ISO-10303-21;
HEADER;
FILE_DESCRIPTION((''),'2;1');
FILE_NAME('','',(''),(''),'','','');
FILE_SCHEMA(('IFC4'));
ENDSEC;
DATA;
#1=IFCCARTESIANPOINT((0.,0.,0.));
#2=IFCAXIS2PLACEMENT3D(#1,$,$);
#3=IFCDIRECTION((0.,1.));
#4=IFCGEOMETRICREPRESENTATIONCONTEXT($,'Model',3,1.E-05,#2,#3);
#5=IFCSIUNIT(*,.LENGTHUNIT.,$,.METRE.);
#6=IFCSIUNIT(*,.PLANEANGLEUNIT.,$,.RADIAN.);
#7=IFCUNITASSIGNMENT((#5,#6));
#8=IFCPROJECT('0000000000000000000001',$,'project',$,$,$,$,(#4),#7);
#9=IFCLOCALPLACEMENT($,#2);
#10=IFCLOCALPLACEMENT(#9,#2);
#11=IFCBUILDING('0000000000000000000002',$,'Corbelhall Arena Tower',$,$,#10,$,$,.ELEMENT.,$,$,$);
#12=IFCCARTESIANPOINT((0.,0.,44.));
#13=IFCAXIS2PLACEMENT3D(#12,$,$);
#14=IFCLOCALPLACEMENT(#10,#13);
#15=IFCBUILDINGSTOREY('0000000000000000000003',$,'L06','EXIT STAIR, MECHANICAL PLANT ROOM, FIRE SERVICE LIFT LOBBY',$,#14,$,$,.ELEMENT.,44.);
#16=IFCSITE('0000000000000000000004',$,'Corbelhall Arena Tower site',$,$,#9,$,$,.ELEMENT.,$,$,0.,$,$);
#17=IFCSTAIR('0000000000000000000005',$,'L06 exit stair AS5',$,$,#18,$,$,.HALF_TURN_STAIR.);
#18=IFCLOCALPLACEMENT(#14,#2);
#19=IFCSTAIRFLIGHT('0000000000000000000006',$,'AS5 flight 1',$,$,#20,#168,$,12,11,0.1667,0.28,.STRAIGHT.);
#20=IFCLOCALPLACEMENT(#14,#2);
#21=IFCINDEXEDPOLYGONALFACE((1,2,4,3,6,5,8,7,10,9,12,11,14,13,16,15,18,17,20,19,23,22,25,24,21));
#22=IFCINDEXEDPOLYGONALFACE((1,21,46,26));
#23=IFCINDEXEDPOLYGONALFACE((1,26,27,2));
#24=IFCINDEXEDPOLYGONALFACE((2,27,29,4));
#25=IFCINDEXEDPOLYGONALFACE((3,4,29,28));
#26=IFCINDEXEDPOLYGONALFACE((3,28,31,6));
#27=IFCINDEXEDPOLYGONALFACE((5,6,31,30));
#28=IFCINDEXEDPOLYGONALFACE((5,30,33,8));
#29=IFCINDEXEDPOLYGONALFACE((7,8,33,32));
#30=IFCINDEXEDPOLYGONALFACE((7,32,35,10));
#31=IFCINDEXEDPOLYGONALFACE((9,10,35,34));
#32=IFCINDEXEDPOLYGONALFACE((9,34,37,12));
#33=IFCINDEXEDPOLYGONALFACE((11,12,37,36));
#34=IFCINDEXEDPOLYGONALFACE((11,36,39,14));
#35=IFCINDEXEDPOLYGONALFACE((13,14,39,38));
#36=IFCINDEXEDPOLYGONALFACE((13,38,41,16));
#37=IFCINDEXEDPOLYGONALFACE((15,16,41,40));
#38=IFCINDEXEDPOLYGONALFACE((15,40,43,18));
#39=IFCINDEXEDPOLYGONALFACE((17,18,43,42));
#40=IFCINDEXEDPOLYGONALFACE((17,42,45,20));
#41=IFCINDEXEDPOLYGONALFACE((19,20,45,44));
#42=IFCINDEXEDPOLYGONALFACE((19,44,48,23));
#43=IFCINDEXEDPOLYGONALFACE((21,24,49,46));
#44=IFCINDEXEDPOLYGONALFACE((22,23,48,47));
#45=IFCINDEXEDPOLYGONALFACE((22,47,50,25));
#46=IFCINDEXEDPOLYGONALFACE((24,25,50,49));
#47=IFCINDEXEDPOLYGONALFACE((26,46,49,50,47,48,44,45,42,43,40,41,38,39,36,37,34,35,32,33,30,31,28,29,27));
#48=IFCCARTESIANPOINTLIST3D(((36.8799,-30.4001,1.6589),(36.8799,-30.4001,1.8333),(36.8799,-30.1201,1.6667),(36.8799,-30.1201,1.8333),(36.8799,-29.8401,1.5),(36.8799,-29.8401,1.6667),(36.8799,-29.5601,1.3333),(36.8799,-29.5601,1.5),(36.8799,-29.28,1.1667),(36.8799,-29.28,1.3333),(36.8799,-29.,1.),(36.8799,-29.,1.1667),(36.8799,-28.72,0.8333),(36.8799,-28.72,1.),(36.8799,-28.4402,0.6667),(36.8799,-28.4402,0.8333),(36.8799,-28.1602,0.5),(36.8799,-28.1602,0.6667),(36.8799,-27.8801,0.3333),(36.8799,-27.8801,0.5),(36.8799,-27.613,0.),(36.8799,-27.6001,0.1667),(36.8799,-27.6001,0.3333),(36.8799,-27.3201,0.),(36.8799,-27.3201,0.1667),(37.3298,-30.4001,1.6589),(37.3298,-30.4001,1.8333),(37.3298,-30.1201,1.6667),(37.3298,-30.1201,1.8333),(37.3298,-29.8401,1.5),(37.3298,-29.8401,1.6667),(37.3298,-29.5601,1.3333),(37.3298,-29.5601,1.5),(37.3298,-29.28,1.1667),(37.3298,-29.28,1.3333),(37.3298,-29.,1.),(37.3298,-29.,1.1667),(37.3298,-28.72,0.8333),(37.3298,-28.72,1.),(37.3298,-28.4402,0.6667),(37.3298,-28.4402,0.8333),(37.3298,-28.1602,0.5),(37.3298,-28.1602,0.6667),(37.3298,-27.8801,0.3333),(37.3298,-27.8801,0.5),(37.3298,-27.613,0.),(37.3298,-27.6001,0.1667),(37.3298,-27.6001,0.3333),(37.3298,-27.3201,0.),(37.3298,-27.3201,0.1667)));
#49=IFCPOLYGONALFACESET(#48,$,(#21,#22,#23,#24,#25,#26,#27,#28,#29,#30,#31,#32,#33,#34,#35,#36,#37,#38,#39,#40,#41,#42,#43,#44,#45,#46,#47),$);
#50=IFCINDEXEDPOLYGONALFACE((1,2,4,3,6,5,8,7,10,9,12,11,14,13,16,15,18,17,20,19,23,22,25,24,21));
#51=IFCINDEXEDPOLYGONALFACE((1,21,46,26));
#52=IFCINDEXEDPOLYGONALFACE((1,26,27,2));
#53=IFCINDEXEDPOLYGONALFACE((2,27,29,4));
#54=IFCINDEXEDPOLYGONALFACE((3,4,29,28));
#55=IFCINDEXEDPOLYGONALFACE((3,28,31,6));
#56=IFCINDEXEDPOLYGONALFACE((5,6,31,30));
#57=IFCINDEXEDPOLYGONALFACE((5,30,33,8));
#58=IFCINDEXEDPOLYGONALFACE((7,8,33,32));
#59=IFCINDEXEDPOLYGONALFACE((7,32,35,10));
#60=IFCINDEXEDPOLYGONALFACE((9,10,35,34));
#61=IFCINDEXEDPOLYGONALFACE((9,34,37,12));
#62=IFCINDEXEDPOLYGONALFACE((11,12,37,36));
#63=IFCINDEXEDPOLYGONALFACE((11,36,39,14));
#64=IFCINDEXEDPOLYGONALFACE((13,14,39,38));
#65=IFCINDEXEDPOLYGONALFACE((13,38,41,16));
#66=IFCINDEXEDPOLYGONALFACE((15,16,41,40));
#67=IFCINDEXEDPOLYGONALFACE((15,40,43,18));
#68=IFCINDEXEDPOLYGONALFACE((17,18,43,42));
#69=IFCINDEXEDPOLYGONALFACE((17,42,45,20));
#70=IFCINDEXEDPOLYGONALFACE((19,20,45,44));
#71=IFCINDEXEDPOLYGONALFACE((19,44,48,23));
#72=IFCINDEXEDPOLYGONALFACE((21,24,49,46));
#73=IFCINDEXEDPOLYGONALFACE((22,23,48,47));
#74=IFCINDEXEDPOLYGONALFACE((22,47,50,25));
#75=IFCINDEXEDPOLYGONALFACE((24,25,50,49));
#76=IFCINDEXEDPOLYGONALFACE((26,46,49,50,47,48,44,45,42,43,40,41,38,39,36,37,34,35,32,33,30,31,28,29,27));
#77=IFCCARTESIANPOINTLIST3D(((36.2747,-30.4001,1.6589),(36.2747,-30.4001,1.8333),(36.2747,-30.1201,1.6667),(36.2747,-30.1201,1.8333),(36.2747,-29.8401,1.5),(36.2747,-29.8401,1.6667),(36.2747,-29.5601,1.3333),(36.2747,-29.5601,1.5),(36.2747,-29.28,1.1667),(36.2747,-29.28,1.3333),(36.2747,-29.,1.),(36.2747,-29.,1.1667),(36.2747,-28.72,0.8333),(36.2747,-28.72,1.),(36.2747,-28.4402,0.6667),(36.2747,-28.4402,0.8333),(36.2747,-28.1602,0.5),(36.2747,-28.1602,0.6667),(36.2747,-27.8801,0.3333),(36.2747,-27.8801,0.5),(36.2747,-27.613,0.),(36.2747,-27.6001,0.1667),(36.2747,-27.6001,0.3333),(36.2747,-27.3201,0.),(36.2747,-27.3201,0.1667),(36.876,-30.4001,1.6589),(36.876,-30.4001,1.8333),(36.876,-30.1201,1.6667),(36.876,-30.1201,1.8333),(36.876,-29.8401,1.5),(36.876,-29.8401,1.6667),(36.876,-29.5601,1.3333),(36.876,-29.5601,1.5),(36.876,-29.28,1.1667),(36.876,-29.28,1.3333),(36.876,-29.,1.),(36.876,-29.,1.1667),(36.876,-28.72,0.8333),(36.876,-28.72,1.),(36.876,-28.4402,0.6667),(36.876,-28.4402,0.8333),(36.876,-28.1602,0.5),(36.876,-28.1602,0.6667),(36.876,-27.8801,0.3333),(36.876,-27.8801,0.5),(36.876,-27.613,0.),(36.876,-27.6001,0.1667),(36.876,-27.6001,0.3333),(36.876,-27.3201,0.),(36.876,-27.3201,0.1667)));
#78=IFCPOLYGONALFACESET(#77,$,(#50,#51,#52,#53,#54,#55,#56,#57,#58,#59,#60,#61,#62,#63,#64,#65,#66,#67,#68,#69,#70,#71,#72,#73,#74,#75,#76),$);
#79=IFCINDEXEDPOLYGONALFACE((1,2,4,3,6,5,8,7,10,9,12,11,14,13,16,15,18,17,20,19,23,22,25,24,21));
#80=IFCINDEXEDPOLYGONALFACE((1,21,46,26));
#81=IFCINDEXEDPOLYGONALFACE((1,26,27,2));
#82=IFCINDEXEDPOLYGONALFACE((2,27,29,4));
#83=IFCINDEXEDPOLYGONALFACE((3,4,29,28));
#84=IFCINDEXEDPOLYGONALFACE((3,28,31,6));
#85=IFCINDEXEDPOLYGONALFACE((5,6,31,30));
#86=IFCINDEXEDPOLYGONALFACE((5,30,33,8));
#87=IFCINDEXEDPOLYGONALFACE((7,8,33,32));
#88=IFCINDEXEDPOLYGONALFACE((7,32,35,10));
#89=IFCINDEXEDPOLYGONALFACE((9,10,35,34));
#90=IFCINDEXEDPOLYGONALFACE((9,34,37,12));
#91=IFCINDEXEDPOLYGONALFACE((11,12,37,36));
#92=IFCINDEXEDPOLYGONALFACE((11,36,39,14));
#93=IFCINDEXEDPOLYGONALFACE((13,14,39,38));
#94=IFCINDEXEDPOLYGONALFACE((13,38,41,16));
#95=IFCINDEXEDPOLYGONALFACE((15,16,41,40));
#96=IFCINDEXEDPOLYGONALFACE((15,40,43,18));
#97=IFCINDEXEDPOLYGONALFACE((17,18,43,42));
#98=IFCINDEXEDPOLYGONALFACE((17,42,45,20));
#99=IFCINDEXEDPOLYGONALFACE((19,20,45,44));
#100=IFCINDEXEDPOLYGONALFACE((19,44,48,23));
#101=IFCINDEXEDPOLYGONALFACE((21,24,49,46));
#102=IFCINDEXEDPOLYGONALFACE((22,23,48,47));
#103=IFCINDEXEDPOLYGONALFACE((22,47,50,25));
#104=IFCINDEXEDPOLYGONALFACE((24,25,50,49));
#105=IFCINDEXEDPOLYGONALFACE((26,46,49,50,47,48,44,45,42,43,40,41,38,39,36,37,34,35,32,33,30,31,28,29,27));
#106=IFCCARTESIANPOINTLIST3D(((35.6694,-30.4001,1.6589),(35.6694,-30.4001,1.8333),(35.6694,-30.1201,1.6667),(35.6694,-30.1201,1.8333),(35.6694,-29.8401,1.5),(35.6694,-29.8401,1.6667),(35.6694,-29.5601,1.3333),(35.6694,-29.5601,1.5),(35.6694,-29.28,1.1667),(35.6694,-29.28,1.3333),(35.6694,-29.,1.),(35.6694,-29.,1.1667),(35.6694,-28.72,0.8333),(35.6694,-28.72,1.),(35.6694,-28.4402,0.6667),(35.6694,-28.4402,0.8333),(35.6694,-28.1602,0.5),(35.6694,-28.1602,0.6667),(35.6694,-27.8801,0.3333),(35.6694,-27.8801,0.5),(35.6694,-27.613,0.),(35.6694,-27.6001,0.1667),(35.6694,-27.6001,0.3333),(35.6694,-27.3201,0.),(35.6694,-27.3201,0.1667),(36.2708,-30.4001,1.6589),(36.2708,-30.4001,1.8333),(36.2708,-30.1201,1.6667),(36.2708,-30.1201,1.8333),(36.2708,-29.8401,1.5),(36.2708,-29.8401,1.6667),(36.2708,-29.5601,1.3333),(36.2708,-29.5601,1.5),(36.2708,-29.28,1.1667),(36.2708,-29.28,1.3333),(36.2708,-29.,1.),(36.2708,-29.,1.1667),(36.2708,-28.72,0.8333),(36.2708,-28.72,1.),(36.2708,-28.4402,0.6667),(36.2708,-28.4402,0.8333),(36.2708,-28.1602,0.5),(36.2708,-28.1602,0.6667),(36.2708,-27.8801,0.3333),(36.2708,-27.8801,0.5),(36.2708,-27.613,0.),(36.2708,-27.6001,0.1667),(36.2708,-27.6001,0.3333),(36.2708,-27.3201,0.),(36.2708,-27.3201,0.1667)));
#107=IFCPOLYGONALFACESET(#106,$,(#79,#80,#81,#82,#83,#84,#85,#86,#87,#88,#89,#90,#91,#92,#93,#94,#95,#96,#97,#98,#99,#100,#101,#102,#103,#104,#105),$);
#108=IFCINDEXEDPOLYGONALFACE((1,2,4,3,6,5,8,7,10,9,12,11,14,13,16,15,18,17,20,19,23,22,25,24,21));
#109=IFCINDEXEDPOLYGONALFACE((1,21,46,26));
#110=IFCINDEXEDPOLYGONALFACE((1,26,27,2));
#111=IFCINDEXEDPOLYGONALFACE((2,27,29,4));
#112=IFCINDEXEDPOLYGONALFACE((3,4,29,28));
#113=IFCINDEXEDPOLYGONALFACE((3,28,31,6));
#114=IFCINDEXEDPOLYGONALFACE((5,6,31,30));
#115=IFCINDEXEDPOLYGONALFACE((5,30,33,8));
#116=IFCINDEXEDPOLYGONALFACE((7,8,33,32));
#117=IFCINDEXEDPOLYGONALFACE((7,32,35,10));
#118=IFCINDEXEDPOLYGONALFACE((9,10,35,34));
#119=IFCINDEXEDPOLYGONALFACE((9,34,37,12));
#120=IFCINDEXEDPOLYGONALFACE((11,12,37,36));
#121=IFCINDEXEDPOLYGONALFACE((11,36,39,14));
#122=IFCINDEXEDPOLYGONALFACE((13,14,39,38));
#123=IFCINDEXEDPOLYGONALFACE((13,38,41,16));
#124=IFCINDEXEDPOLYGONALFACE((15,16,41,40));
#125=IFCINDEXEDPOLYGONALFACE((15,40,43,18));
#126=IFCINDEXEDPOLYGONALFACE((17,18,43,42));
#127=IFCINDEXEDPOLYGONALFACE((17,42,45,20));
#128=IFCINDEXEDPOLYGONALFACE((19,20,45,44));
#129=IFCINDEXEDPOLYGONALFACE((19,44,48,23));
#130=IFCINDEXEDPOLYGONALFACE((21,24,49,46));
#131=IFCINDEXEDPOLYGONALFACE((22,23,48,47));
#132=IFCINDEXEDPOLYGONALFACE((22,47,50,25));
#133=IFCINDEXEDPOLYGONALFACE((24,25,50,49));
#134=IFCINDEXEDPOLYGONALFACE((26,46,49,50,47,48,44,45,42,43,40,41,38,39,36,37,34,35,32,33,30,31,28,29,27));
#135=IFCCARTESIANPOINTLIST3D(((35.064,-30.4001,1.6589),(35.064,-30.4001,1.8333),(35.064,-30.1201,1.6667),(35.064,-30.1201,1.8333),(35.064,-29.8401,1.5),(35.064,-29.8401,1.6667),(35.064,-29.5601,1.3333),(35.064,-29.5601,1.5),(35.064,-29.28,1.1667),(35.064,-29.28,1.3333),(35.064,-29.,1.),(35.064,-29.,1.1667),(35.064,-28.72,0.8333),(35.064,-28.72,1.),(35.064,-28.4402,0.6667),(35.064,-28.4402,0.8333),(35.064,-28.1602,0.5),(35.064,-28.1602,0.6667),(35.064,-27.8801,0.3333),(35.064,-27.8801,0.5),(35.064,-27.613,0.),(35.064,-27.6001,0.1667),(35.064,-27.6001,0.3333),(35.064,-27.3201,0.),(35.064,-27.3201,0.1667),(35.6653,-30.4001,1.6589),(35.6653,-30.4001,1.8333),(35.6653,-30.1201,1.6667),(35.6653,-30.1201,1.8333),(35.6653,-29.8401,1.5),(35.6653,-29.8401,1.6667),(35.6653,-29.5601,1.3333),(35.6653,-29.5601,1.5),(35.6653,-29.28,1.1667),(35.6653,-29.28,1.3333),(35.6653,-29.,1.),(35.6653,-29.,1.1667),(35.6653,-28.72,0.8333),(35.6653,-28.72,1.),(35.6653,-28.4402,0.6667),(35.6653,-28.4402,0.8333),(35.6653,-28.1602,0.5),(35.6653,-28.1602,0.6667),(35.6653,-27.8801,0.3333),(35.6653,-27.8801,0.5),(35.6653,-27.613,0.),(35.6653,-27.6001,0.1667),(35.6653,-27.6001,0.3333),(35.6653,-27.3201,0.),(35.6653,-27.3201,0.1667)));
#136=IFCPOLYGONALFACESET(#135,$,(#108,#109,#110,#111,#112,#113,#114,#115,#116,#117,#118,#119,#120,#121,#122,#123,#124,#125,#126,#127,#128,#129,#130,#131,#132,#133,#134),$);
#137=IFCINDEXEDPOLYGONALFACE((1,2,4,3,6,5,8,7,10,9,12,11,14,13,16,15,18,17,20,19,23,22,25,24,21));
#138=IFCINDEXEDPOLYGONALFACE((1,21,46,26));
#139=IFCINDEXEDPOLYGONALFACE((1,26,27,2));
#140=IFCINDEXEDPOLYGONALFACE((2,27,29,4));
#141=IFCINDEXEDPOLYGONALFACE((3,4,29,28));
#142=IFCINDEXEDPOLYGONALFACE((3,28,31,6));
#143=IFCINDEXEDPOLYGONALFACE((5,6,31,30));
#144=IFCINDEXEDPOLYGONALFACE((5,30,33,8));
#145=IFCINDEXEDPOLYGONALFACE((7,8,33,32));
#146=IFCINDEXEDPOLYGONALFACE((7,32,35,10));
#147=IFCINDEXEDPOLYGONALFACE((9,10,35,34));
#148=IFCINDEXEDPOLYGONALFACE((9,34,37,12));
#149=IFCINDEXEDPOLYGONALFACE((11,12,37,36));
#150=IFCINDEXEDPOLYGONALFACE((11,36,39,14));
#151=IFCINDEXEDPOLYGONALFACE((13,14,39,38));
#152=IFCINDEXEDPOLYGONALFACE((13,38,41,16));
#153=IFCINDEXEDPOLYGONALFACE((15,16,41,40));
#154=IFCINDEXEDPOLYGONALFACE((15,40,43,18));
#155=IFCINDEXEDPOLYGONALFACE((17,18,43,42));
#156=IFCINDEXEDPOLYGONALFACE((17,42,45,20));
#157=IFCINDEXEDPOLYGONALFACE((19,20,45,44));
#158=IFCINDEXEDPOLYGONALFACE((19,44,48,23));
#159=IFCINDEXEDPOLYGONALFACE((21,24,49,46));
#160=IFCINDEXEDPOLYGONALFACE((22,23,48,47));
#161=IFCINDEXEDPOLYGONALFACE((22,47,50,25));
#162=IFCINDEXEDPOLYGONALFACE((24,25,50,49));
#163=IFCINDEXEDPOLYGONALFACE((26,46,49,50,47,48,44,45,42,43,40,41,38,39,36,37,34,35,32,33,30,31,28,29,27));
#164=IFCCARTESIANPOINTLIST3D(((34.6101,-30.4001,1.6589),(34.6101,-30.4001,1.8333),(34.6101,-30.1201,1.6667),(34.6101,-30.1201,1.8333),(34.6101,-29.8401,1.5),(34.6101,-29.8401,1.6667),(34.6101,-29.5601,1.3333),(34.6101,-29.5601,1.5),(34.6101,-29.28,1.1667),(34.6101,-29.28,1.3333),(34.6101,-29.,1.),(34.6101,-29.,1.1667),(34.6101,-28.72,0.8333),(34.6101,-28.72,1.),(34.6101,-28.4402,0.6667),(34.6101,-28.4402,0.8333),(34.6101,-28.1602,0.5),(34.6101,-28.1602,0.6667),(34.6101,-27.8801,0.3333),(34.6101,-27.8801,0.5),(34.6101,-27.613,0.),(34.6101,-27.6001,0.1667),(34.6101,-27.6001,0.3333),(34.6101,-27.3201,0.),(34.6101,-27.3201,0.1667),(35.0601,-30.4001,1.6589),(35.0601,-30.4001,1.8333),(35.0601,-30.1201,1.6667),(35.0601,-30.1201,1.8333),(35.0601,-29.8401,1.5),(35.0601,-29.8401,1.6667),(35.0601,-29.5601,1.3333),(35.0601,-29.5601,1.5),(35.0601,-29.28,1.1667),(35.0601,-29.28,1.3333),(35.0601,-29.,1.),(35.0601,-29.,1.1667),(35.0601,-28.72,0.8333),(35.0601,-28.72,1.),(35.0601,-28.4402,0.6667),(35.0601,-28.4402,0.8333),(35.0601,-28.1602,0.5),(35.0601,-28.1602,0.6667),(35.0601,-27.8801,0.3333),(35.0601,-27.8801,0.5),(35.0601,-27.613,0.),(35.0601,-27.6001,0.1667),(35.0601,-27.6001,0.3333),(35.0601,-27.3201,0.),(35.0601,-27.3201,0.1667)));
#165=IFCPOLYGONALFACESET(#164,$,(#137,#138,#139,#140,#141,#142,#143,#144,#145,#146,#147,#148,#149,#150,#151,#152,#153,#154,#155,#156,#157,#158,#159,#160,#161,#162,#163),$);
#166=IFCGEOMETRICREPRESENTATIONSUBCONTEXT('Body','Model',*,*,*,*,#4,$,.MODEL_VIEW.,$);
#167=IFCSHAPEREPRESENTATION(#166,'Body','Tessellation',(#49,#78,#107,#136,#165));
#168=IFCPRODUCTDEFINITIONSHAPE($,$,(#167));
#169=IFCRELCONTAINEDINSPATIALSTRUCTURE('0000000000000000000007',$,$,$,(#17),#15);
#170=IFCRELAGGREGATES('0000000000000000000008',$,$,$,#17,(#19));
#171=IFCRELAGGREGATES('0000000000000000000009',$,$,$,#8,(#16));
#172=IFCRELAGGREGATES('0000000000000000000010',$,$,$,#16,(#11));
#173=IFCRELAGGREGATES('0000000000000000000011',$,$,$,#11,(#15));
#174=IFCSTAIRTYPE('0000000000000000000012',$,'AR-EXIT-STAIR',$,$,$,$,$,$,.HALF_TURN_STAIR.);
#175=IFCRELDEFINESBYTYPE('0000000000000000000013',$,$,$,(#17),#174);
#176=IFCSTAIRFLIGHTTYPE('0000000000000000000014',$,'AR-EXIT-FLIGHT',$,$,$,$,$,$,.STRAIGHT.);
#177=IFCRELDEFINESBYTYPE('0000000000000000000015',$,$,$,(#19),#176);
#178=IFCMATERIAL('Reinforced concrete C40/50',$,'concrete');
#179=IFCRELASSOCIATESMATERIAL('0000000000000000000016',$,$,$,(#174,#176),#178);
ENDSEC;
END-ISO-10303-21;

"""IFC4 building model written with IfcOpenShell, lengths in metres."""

from ifc_helpers import new_model, si_unit, direction, frame, origin, place, context, subcontext, project, spatial, polyline, outline, extrude, material, type_object, element, aggregate, save


model = new_model("IFC4")

# Units and contexts
model_context = context("Model", 3, precision=1e-05, world=origin(), true_north=direction((0.0, 1.0)))
body_context = subcontext(model_context, "Body", "Model", "MODEL_VIEW")
ifc_project = project(units=[si_unit("LENGTHUNIT", "METRE"), si_unit("PLANEANGLEUNIT", "RADIAN")], contexts=[model_context])

# Site, building, storey
site_placement = place(None, origin())
site = spatial("IfcSite", under=ifc_project, at=site_placement, Name="Corbelhall Arena Tower site", CompositionType="ELEMENT", RefElevation=0.0)
building_placement = place(site_placement, origin())
building = spatial("IfcBuilding", under=site, at=building_placement, Name="Corbelhall Arena Tower", CompositionType="ELEMENT")
storey_placement = place(building_placement, frame((0.0, 0.0, 44.0)))
storey = spatial("IfcBuildingStorey", under=building, at=storey_placement, Name="L06", Description="EXIT STAIR, MECHANICAL PLANT ROOM, FIRE SERVICE LIFT LOBBY", CompositionType="ELEMENT", Elevation=44.0)

# Shared definitions
ifc_material_1 = material(Name="Reinforced concrete C40/50", Category="concrete")

# Stair, stair flight
stair_type = type_object("IfcStairType", Name="AR-EXIT-STAIR", PredefinedType="HALF_TURN_STAIR", material=ifc_material_1)
stair_1_placement = place(storey_placement, origin())
stair_1 = element("IfcStair", 1, at=stair_1_placement, inside=storey, type_object=stair_type, Name="L06 exit stair AS5", PredefinedType="HALF_TURN_STAIR")
stair_flight_type = type_object("IfcStairFlightType", Name="AR-EXIT-FLIGHT", PredefinedType="STRAIGHT", material=ifc_material_1)
stair_flight_1_placement = place(storey_placement, frame((35.97, -27.3201, 0.0), z_axis=(0.0, 0.0, 1.0), x_axis=(0.0, -1.0, 0.0)))
stair_flight_1 = element("IfcStairFlight", 2, at=stair_flight_1_placement, type_object=stair_flight_type, Name="AS5 flight 1", NumberOfRisers=12, NumberOfTreads=11, PredefinedType="STRAIGHT", RiserHeight=0.1667, TreadLength=0.28, context=body_context, shape_type="SweptSolid", body=[
    extrude(outline(polyline([(0.0, 0.0), (0.0, 0.1667), (0.28, 0.1667), (0.28, 0.3333), (0.5601, 0.3333), (0.5601, 0.5), (0.8401, 0.5), (0.8401, 0.6667), (1.1201, 0.6667), (1.1201, 0.8333), (1.3999, 0.8333), (1.3999, 1.0), (1.6799, 1.0), (1.6799, 1.1667), (1.96, 1.1667), (1.96, 1.3333), (2.24, 1.3333), (2.24, 1.5), (2.52, 1.5), (2.52, 1.6667), (2.8, 1.6667), (2.8, 1.8333), (3.0801, 1.8333), (3.0801, 2.0), (3.0801, 1.6589), (0.293, 0.0), (0.0, 0.0)])), frame((0.0, 1.3599, 0.0), z_axis=(0.0, -1.0, 0.0), x_axis=(1.0, 0.0, 0.0)), (0.0, 0.0, 1.0), 0.45),
    extrude(outline(polyline([(0.0, 0.0), (0.0, 0.1667), (0.28, 0.1667), (0.28, 0.3333), (0.5601, 0.3333), (0.5601, 0.5), (0.8401, 0.5), (0.8401, 0.6667), (1.1201, 0.6667), (1.1201, 0.8333), (1.3999, 0.8333), (1.3999, 1.0), (1.6799, 1.0), (1.6799, 1.1667), (1.96, 1.1667), (1.96, 1.3333), (2.24, 1.3333), (2.24, 1.5), (2.52, 1.5), (2.52, 1.6667), (2.8, 1.6667), (2.8, 1.8333), (3.0801, 1.8333), (3.0801, 2.0), (3.0801, 1.6589), (0.293, 0.0), (0.0, 0.0)])), frame((0.0, 0.906, 0.0), z_axis=(0.0, -1.0, 0.0), x_axis=(1.0, 0.0, 0.0)), (0.0, 0.0, 1.0), 0.6013),
    extrude(outline(polyline([(0.0, 0.0), (0.0, 0.1667), (0.28, 0.1667), (0.28, 0.3333), (0.5601, 0.3333), (0.5601, 0.5), (0.8401, 0.5), (0.8401, 0.6667), (1.1201, 0.6667), (1.1201, 0.8333), (1.3999, 0.8333), (1.3999, 1.0), (1.6799, 1.0), (1.6799, 1.1667), (1.96, 1.1667), (1.96, 1.3333), (2.24, 1.3333), (2.24, 1.5), (2.52, 1.5), (2.52, 1.6667), (2.8, 1.6667), (2.8, 1.8333), (3.0801, 1.8333), (3.0801, 2.0), (3.0801, 1.6589), (0.293, 0.0), (0.0, 0.0)])), frame((0.0, 0.3008, 0.0), z_axis=(0.0, -1.0, 0.0), x_axis=(1.0, 0.0, 0.0)), (0.0, 0.0, 1.0), 0.6013),
    extrude(outline(polyline([(0.0, 0.0), (0.0, 0.1667), (0.28, 0.1667), (0.28, 0.3333), (0.5601, 0.3333), (0.5601, 0.5), (0.8401, 0.5), (0.8401, 0.6667), (1.1201, 0.6667), (1.1201, 0.8333), (1.3999, 0.8333), (1.3999, 1.0), (1.6799, 1.0), (1.6799, 1.1667), (1.96, 1.1667), (1.96, 1.3333), (2.24, 1.3333), (2.24, 1.5), (2.52, 1.5), (2.52, 1.6667), (2.8, 1.6667), (2.8, 1.8333), (3.0801, 1.8333), (3.0801, 2.0), (3.0801, 1.6589), (0.293, 0.0), (0.0, 0.0)])), frame((0.0, -0.3047, 0.0), z_axis=(0.0, -1.0, 0.0), x_axis=(1.0, 0.0, 0.0)), (0.0, 0.0, 1.0), 0.6013),
    extrude(outline(polyline([(0.0, 0.0), (0.0, 0.1667), (0.28, 0.1667), (0.28, 0.3333), (0.5601, 0.3333), (0.5601, 0.5), (0.8401, 0.5), (0.8401, 0.6667), (1.1201, 0.6667), (1.1201, 0.8333), (1.3999, 0.8333), (1.3999, 1.0), (1.6799, 1.0), (1.6799, 1.1667), (1.96, 1.1667), (1.96, 1.3333), (2.24, 1.3333), (2.24, 1.5), (2.52, 1.5), (2.52, 1.6667), (2.8, 1.6667), (2.8, 1.8333), (3.0801, 1.8333), (3.0801, 2.0), (3.0801, 1.6589), (0.293, 0.0), (0.0, 0.0)])), frame((0.0, -0.9099, 0.0), z_axis=(0.0, -1.0, 0.0), x_axis=(1.0, 0.0, 0.0)), (0.0, 0.0, 1.0), 0.45),
])
aggregate(stair_1, [stair_flight_1])

save(model, "model.ifc")
